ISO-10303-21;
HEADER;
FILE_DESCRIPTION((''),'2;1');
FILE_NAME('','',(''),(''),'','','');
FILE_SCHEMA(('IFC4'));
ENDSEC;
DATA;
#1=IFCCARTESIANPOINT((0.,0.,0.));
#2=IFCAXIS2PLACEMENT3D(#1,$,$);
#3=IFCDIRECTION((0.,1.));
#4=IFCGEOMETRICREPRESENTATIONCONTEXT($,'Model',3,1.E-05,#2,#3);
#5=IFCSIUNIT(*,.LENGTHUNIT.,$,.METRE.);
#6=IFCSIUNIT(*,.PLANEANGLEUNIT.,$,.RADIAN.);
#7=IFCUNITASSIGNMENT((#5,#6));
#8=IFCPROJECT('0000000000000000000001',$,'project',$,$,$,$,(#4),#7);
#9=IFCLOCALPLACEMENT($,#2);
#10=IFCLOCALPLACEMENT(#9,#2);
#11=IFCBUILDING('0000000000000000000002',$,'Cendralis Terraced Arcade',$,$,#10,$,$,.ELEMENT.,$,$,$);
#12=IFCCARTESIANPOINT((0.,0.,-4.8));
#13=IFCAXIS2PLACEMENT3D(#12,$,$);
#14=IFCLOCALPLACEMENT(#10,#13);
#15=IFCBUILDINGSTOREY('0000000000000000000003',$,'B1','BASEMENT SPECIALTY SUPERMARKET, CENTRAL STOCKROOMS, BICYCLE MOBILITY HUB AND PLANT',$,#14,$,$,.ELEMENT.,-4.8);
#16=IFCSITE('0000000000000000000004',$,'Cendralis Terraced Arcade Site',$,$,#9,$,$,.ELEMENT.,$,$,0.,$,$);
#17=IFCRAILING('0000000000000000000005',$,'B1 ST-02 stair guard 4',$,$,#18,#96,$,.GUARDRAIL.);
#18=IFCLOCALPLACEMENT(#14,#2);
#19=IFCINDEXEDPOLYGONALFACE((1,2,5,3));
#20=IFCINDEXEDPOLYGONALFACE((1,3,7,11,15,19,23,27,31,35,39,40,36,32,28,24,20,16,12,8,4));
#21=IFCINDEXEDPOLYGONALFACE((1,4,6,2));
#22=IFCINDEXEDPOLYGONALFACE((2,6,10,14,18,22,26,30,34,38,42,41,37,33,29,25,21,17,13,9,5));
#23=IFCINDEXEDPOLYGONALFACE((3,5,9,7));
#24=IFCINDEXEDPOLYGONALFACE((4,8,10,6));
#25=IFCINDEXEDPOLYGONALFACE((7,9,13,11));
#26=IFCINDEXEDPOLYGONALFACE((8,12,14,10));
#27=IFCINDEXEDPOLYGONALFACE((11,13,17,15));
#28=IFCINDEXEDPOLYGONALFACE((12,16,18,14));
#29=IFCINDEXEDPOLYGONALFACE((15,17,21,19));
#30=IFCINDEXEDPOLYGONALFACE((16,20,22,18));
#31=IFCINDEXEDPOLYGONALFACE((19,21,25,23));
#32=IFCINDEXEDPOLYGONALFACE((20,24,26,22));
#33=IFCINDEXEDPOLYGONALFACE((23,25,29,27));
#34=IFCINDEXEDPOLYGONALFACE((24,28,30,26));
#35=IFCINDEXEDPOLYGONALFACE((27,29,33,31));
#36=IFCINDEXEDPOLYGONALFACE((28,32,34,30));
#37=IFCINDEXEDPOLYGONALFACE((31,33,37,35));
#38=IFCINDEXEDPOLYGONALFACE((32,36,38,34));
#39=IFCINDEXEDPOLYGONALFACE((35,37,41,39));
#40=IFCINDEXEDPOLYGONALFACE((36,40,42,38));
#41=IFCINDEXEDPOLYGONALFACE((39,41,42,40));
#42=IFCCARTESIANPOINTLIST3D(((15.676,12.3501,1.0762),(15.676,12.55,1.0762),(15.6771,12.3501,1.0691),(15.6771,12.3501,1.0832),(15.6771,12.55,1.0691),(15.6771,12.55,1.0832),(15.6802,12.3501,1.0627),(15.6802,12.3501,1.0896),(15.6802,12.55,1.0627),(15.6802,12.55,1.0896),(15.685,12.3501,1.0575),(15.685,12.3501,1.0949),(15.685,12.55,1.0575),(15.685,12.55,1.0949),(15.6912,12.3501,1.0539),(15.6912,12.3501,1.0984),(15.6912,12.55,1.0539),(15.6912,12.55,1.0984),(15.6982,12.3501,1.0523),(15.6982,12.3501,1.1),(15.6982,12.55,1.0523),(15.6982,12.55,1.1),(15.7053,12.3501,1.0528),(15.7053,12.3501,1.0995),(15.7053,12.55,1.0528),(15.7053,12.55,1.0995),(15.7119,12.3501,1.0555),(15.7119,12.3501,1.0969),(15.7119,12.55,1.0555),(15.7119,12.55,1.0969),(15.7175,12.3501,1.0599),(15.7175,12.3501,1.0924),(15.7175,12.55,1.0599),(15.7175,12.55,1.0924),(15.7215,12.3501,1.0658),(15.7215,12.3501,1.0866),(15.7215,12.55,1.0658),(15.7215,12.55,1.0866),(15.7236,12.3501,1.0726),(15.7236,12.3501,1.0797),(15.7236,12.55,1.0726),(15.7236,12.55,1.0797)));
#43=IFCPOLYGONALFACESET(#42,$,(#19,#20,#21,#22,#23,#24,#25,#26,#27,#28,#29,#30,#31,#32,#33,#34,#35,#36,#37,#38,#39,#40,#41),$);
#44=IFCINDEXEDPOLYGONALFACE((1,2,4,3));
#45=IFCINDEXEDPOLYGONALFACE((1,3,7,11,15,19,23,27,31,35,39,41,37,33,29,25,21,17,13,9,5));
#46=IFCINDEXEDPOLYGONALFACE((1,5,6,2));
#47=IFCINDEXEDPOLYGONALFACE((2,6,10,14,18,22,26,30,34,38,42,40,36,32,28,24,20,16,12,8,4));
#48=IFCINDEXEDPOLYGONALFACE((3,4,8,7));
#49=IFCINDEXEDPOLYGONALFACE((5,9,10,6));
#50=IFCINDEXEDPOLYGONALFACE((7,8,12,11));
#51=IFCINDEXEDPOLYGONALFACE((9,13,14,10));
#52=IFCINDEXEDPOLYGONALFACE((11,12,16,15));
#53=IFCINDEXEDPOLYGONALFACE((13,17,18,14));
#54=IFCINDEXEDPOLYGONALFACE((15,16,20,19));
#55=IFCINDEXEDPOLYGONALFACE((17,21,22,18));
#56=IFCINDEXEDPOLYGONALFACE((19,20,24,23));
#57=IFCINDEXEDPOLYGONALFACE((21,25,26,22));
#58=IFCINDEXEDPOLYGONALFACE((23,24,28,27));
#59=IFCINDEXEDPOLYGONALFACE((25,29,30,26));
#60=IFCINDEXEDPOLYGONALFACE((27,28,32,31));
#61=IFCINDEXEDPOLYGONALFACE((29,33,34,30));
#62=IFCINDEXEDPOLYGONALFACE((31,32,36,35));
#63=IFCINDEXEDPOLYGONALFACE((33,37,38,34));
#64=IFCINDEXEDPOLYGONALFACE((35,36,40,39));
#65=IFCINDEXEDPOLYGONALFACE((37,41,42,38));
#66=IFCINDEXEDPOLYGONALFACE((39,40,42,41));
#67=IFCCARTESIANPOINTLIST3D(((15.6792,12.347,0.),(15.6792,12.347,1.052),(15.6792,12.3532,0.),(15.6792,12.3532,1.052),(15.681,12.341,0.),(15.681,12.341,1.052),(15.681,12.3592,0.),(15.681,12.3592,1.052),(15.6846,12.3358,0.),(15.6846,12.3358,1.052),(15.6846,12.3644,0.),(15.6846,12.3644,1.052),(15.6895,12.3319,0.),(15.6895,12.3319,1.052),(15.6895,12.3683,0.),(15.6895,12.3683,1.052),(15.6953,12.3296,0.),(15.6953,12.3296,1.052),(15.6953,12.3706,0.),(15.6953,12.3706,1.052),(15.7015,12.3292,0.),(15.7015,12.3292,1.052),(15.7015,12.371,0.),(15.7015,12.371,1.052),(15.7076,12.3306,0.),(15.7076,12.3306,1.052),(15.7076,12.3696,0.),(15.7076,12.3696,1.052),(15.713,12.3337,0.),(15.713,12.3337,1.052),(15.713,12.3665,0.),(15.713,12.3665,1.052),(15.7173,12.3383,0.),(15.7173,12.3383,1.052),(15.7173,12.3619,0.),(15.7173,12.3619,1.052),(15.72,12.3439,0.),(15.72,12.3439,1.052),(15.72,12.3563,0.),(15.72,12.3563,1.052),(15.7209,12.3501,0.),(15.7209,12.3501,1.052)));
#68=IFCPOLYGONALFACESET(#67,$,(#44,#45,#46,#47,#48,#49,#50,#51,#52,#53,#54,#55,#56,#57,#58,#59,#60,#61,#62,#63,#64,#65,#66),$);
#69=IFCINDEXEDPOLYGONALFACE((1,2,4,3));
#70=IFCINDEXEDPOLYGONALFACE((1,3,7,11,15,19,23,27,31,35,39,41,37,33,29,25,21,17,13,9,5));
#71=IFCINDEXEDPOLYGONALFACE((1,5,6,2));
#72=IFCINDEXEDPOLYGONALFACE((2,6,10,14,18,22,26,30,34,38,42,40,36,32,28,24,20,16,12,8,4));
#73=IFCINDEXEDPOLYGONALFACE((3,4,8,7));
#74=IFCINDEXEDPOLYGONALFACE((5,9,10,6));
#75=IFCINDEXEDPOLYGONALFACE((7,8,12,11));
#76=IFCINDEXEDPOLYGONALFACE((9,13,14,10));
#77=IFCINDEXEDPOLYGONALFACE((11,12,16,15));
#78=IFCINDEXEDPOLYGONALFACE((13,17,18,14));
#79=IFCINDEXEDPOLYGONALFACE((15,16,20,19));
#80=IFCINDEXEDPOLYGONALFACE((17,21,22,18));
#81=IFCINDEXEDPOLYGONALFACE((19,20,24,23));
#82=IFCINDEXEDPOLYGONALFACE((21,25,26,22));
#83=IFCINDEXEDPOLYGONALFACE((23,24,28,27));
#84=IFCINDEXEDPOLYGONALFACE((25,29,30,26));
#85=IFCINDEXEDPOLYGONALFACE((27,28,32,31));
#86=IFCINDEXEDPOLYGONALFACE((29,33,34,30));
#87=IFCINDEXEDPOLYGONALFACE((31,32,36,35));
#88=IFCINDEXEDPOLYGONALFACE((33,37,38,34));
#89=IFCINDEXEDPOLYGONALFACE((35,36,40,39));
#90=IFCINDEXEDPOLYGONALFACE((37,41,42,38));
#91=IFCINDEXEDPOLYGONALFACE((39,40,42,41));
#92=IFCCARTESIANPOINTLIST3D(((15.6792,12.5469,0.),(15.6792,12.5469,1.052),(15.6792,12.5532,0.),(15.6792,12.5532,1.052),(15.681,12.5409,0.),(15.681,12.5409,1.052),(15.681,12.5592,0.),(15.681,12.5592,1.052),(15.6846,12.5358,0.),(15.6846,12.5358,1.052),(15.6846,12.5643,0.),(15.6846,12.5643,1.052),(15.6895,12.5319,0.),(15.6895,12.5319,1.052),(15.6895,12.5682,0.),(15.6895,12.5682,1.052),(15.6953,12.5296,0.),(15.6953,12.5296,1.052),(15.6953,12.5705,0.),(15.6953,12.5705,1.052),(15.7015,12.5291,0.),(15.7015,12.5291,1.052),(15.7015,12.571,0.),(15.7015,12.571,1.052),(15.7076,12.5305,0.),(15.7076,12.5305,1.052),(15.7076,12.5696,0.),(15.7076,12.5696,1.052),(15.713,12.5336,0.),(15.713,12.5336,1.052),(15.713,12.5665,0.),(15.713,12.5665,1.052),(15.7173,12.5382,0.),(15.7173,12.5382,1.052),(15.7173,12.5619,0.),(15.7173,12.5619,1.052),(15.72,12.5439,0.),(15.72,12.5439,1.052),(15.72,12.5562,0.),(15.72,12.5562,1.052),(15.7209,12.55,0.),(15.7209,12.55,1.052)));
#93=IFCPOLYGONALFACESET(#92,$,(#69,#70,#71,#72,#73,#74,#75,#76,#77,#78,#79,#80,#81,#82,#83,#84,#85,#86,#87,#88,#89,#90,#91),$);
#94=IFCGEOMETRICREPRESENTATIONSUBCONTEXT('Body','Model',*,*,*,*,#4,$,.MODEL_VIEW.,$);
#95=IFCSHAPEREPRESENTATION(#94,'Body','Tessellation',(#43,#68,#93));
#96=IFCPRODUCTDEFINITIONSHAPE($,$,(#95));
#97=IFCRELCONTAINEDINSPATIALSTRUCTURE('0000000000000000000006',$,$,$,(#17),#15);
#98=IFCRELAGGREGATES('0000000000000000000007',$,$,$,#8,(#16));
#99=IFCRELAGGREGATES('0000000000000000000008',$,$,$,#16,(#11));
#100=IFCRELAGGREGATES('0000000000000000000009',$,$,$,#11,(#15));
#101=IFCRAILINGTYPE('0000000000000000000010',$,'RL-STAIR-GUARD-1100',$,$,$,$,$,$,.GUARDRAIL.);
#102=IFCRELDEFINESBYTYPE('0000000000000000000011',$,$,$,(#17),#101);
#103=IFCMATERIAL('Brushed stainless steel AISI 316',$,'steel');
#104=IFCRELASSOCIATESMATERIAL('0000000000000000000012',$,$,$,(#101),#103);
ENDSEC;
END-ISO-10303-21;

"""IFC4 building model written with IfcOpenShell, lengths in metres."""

from ifc_helpers import new_model, si_unit, direction, frame, origin, origin_2d, place, context, subcontext, project, spatial, circle, extrude, material, type_object, element, save


model = new_model("IFC4")

# Units and contexts
model_context = context("Model", 3, precision=1e-05, world=origin(), true_north=direction((0.0, 1.0)))
body_context = subcontext(model_context, "Body", "Model", "MODEL_VIEW")
ifc_project = project(units=[si_unit("LENGTHUNIT", "METRE"), si_unit("PLANEANGLEUNIT", "RADIAN")], contexts=[model_context])

# Site, building, storey
site_placement = place(None, origin())
site = spatial("IfcSite", under=ifc_project, at=site_placement, Name="Cendralis Terraced Arcade Site", CompositionType="ELEMENT", RefElevation=0.0)
building_placement = place(site_placement, origin())
building = spatial("IfcBuilding", under=site, at=building_placement, Name="Cendralis Terraced Arcade", CompositionType="ELEMENT")
storey_placement = place(building_placement, frame((0.0, 0.0, -4.8)))
storey = spatial("IfcBuildingStorey", under=building, at=storey_placement, Name="B1", Description="BASEMENT SPECIALTY SUPERMARKET, CENTRAL STOCKROOMS, BICYCLE MOBILITY HUB AND PLANT", CompositionType="ELEMENT", Elevation=-4.8)

# Railing
ifc_material_1 = material(Name="Brushed stainless steel AISI 316", Category="steel")
railing_type = type_object("IfcRailingType", Name="RL-STAIR-GUARD-1100", PredefinedType="GUARDRAIL", material=ifc_material_1)
railing_1_placement = place(storey_placement, frame((15.7, 12.3501, 0.0)))
element("IfcRailing", 1, at=railing_1_placement, inside=storey, type_object=railing_type, Name="B1 ST-02 stair guard 4", PredefinedType="GUARDRAIL", context=body_context, shape_type="SweptSolid", body=[
    extrude(circle(Radius=0.0239, at=origin_2d()), frame((0.0, 0.0, 1.0762), z_axis=(0.0, 1.0, 0.0), x_axis=(-1.0, 0.0, 0.0)), (0.0, 0.0, 1.0), 0.2),
    extrude(circle(Radius=0.021, at=origin_2d()), origin(), (0.0, 0.0, 1.0), 1.052),
    extrude(circle(Radius=0.021, at=origin_2d()), frame((0.0, 0.2, 0.0)), (0.0, 0.0, 1.0), 1.052),
])

save(model, "model.ifc")
